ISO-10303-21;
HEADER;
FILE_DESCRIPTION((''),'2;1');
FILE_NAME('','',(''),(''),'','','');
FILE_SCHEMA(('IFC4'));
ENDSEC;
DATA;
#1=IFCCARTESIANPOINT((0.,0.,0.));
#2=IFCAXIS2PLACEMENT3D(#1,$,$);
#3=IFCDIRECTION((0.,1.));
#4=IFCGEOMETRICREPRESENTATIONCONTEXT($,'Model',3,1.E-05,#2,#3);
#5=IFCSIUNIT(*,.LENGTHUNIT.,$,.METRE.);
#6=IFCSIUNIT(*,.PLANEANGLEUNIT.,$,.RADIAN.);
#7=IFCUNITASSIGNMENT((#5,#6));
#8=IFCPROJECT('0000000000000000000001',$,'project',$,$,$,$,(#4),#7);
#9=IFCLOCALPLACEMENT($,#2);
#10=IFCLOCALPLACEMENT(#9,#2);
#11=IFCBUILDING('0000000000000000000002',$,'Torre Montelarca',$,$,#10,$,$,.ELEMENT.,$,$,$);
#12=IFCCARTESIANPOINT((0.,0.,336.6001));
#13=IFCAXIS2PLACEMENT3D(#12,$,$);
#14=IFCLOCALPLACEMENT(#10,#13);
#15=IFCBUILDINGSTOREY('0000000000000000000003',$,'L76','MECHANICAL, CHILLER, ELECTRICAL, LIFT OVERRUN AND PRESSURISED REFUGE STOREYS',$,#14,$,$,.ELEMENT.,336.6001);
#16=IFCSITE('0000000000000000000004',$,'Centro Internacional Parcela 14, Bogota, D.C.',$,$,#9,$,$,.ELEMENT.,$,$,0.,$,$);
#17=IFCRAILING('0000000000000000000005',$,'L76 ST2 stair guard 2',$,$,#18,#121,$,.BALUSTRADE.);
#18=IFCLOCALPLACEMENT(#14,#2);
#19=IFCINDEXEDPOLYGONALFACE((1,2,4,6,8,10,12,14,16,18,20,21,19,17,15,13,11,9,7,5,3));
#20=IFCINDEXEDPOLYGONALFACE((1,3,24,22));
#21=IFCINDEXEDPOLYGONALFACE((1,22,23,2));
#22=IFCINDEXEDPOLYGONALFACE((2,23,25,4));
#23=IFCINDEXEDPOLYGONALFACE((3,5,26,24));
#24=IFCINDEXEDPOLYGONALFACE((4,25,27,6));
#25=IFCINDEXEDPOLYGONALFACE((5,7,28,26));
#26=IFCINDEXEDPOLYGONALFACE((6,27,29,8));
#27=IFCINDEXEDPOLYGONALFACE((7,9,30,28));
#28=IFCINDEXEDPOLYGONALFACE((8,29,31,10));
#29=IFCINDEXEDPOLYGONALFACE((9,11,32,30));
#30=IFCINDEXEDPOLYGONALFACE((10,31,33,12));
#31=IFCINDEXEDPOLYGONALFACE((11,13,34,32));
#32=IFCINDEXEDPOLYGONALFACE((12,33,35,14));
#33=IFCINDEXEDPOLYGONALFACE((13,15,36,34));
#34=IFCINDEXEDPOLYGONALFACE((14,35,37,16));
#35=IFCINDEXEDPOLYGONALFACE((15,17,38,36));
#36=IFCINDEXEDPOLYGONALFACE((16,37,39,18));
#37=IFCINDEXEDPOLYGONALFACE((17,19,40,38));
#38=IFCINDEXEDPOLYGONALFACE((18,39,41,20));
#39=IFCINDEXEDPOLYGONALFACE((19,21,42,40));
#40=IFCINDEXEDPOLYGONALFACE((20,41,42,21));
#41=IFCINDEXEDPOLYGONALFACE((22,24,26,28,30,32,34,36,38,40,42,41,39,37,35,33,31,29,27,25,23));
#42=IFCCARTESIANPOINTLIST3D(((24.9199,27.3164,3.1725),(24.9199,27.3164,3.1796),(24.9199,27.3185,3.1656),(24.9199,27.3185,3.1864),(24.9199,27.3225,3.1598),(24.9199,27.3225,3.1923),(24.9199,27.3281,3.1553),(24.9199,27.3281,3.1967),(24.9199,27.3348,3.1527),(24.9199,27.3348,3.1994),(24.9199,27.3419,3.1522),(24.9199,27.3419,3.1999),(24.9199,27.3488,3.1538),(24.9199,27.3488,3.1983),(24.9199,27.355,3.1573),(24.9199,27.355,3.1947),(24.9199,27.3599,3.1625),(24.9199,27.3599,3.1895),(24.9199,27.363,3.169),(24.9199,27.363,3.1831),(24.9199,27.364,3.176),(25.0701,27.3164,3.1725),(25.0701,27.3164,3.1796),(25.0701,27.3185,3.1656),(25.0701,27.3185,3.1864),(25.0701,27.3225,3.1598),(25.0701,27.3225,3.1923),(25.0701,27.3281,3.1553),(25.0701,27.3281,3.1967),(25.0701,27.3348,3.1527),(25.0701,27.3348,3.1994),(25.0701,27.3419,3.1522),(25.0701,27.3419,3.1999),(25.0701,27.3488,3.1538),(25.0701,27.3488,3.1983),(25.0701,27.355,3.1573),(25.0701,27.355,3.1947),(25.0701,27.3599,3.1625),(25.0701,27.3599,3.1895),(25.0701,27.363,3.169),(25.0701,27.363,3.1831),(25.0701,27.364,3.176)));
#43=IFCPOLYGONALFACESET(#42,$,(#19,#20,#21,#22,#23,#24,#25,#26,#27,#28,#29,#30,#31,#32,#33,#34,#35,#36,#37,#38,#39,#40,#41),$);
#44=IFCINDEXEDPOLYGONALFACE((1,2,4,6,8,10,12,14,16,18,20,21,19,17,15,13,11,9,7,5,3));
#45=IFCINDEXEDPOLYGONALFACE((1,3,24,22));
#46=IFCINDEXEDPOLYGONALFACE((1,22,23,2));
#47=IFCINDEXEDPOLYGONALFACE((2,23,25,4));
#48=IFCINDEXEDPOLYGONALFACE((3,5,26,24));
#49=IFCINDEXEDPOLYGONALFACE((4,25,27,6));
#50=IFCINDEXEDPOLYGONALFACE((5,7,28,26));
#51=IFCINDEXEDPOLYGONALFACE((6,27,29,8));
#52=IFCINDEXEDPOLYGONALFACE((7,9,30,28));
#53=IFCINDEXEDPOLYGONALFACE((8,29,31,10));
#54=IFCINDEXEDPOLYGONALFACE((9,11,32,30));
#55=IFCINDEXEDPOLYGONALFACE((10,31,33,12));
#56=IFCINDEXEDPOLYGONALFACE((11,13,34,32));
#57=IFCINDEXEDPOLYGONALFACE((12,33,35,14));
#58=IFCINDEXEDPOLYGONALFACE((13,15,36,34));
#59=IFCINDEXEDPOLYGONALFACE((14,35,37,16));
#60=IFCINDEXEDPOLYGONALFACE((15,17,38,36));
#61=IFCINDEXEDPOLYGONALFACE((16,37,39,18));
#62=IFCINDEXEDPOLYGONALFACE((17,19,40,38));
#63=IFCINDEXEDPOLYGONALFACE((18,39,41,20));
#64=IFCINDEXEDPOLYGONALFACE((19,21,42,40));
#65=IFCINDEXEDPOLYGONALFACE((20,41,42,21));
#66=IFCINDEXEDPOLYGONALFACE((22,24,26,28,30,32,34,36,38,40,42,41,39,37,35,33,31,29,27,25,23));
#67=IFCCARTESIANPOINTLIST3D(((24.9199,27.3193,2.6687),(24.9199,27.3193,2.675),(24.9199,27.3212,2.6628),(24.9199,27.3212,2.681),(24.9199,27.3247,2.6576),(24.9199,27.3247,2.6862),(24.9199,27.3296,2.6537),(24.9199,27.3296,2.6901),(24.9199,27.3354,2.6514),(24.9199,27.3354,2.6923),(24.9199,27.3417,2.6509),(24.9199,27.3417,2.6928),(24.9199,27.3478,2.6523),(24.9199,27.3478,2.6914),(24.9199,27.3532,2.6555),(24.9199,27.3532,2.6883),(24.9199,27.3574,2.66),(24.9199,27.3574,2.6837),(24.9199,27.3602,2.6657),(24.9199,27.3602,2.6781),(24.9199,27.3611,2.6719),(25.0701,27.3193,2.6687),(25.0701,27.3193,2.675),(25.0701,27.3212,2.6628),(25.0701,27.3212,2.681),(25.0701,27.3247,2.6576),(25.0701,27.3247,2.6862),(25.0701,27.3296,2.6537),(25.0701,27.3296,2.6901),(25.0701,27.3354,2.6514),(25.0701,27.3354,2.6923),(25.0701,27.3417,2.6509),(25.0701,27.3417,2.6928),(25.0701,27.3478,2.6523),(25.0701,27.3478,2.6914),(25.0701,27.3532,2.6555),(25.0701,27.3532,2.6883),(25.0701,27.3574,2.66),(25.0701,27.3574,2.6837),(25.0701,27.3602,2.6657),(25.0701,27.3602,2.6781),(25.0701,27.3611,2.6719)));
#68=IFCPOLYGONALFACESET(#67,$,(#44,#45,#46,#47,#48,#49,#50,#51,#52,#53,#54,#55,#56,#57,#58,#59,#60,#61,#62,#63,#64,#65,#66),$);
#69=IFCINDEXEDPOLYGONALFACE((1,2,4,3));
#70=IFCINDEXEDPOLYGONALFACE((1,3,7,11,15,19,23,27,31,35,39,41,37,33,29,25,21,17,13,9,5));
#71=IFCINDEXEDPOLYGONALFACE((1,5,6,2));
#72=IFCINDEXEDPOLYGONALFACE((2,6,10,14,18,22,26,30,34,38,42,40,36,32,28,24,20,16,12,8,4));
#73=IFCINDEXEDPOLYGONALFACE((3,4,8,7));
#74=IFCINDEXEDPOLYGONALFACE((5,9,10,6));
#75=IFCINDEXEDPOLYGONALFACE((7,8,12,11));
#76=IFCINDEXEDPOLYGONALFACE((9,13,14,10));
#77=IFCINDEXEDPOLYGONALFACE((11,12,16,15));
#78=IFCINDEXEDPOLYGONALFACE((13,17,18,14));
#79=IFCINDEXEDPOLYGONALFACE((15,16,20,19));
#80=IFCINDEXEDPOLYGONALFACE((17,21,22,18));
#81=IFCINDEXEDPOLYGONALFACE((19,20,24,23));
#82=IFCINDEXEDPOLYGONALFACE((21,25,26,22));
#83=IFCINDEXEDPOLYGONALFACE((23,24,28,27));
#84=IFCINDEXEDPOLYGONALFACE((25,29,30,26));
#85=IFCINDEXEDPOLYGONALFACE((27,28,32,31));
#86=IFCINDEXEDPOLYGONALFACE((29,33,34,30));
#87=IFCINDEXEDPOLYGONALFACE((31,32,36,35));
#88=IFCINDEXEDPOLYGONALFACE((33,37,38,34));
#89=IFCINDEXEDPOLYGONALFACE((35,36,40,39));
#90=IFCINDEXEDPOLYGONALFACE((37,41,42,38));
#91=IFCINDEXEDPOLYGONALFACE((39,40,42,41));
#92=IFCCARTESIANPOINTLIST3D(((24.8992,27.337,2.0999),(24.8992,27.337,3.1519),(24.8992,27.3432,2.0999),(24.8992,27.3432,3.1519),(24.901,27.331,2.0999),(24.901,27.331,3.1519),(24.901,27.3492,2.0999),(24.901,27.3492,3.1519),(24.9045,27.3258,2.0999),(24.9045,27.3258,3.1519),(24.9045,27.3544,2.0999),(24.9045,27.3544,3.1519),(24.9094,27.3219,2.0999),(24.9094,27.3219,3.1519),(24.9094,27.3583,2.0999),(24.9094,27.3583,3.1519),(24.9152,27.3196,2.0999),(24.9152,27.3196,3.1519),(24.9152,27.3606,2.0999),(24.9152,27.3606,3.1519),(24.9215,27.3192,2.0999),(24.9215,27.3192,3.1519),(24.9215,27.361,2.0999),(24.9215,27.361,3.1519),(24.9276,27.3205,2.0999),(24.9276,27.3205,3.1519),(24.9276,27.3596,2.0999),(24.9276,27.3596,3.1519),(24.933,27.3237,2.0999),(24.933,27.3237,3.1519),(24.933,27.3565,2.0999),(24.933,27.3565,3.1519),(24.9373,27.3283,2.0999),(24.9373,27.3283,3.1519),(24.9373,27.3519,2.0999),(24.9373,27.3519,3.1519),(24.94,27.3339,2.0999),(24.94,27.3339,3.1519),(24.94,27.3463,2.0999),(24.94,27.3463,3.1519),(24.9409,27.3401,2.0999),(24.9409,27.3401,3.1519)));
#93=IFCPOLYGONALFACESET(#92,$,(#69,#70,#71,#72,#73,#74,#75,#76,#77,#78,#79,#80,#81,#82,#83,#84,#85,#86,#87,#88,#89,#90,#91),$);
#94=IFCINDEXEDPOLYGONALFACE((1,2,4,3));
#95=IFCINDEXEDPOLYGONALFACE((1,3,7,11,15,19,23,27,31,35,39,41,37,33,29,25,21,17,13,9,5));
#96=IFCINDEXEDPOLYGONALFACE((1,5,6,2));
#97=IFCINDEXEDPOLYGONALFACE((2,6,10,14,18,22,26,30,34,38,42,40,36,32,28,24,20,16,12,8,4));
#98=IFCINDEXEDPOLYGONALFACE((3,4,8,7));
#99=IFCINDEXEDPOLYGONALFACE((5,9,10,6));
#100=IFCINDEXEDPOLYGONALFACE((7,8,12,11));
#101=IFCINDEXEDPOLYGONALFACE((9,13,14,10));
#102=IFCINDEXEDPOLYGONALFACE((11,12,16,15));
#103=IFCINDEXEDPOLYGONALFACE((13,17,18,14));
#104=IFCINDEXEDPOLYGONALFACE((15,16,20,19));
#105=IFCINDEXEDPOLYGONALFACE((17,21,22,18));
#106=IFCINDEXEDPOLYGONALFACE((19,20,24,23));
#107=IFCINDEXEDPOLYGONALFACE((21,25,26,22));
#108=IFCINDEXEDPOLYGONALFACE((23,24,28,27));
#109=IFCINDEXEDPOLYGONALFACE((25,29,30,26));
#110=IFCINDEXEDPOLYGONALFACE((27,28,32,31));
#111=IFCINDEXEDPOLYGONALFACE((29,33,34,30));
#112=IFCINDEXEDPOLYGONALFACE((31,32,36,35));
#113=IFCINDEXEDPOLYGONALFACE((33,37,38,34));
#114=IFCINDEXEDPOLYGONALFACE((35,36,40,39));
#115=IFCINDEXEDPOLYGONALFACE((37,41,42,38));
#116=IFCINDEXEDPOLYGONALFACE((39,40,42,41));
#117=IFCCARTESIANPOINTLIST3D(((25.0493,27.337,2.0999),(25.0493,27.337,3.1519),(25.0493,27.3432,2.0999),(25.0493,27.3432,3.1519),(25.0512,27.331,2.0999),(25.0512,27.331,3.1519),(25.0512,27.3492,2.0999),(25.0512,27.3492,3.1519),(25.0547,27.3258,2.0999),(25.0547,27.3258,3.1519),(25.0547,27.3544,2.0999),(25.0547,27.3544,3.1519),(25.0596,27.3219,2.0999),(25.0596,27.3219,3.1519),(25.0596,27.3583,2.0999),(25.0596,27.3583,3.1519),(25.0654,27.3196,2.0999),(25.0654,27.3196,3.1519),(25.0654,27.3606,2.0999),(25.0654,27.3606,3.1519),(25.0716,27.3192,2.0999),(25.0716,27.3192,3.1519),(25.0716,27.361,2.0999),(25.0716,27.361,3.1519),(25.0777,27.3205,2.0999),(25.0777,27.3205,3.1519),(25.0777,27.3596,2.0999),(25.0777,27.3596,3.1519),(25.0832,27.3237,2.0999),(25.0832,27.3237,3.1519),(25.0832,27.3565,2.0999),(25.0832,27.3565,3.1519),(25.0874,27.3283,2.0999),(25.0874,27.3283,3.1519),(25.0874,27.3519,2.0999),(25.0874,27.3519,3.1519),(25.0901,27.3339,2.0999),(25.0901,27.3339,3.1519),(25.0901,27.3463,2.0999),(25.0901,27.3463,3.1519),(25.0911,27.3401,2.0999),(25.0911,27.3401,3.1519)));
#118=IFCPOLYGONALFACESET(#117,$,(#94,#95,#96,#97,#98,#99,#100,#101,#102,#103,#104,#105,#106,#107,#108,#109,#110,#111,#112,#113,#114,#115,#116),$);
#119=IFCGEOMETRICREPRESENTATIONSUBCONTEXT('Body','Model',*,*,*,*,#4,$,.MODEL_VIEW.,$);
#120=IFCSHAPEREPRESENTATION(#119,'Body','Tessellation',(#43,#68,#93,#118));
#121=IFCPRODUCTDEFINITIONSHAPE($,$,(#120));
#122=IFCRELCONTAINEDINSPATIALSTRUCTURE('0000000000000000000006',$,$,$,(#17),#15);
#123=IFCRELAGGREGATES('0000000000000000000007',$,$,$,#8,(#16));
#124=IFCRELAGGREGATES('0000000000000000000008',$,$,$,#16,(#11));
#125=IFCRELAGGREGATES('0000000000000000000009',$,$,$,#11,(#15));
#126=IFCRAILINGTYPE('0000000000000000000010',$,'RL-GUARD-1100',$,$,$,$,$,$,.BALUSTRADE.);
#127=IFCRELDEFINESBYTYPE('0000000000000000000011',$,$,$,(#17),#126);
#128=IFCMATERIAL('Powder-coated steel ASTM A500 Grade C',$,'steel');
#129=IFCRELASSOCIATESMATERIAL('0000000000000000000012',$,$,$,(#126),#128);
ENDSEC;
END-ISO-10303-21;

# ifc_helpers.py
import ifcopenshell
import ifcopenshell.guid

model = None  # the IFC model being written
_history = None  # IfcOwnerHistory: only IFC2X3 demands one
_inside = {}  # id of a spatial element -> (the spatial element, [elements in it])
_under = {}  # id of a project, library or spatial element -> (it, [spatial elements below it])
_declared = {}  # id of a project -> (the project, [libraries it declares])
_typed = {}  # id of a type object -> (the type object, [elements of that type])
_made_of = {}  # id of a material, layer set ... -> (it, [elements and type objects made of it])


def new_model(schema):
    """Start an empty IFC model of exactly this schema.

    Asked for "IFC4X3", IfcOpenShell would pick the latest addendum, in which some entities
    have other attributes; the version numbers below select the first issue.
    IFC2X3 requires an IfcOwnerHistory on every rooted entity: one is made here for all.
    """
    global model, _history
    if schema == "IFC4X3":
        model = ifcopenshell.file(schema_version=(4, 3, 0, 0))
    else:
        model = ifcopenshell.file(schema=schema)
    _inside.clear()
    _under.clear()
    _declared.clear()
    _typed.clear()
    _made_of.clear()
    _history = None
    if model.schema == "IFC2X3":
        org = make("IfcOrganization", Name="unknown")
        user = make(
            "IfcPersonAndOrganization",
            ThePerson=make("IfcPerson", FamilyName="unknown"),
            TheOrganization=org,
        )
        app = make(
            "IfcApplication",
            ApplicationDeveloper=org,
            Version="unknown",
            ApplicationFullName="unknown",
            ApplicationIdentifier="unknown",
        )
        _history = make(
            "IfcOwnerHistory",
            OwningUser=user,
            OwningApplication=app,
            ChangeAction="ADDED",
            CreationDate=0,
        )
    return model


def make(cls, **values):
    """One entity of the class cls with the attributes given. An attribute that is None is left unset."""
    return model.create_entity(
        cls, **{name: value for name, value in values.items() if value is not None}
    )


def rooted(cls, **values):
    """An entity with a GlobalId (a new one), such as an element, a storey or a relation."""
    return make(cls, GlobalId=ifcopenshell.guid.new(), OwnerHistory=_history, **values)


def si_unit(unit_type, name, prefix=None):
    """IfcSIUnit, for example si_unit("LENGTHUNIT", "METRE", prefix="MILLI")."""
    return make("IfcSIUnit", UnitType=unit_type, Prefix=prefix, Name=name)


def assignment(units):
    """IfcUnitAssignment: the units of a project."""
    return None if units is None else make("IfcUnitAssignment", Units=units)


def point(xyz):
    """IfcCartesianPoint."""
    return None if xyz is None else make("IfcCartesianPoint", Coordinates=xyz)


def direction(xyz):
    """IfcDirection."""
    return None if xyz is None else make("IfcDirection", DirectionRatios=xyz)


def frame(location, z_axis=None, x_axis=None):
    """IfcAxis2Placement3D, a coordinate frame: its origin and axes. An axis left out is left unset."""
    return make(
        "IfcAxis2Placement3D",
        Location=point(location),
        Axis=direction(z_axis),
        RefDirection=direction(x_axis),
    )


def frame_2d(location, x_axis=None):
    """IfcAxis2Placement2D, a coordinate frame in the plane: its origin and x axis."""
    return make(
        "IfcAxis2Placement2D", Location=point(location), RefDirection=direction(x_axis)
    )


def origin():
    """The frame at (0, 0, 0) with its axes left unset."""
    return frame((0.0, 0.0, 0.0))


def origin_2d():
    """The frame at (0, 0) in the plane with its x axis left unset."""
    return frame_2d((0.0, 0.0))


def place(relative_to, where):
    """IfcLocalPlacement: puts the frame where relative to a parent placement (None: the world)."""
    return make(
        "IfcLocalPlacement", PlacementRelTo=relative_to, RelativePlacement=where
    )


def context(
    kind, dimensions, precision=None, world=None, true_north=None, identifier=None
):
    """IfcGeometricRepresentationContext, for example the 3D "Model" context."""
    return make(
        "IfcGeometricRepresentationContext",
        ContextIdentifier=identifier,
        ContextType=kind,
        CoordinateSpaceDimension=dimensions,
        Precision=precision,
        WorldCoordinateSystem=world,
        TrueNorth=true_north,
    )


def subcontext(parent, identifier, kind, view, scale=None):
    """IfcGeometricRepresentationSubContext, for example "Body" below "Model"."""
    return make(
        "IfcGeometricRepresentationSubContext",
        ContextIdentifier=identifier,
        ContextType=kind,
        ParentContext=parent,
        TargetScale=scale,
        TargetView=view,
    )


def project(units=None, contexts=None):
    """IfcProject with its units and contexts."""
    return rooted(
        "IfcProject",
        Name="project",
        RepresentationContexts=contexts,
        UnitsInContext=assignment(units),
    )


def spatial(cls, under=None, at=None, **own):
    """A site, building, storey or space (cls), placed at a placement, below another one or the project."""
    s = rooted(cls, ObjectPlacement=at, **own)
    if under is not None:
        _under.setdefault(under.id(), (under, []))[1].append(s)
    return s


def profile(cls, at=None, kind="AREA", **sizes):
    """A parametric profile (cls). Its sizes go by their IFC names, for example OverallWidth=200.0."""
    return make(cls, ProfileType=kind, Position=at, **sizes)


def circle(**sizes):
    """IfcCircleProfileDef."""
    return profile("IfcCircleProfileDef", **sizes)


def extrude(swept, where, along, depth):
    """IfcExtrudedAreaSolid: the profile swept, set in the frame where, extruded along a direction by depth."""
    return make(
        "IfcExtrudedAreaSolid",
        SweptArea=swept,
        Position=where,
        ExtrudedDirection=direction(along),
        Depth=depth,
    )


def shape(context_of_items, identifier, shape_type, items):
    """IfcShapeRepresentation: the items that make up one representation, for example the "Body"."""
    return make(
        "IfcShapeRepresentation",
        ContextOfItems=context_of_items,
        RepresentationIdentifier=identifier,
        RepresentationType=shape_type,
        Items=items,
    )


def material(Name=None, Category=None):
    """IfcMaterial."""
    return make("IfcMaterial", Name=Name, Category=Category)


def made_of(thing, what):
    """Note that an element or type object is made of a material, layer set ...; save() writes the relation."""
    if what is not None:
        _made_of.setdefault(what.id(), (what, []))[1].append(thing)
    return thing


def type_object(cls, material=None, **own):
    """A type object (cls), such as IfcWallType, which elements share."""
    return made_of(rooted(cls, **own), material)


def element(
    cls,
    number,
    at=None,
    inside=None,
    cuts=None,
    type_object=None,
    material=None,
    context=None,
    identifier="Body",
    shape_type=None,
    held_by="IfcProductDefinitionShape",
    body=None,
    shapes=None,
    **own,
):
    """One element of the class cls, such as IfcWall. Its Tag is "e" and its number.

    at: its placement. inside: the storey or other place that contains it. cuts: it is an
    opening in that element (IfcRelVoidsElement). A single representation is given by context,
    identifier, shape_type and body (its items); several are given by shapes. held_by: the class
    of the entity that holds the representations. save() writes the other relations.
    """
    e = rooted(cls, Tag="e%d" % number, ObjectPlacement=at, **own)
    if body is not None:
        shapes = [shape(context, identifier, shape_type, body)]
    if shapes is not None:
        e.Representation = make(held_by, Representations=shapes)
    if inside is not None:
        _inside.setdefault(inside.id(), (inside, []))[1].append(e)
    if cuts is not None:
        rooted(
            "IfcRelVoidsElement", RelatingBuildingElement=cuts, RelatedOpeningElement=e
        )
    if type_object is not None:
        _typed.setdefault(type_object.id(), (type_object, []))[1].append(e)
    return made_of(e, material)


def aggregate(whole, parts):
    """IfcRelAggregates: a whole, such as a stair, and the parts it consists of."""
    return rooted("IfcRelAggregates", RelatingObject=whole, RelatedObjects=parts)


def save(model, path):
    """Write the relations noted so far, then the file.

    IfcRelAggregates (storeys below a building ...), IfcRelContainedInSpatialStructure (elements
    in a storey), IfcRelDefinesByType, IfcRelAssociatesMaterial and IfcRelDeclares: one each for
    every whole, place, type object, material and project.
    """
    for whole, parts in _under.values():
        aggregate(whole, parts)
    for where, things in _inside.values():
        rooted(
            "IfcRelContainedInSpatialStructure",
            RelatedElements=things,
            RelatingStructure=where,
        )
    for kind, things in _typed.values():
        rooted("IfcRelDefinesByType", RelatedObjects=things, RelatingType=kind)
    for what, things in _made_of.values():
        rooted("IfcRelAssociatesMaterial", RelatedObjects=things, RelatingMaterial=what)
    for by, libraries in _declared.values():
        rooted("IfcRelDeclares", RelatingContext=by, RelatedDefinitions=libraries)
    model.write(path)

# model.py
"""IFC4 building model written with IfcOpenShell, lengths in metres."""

from ifc_helpers import new_model, si_unit, direction, frame, origin, origin_2d, place, context, subcontext, project, spatial, circle, extrude, material, type_object, element, save


model = new_model("IFC4")

# Units and contexts
model_context = context("Model", 3, precision=1e-05, world=origin(), true_north=direction((0.0, 1.0)))
body_context = subcontext(model_context, "Body", "Model", "MODEL_VIEW")
ifc_project = project(units=[si_unit("LENGTHUNIT", "METRE"), si_unit("PLANEANGLEUNIT", "RADIAN")], contexts=[model_context])

# Site, building, storey
site_placement = place(None, origin())
site = spatial("IfcSite", under=ifc_project, at=site_placement, Name="Centro Internacional Parcela 14, Bogota, D.C.", CompositionType="ELEMENT", RefElevation=0.0)
building_placement = place(site_placement, origin())
building = spatial("IfcBuilding", under=site, at=building_placement, Name="Torre Montelarca", CompositionType="ELEMENT")
storey_placement = place(building_placement, frame((0.0, 0.0, 336.6001)))
storey = spatial("IfcBuildingStorey", under=building, at=storey_placement, Name="L76", Description="MECHANICAL, CHILLER, ELECTRICAL, LIFT OVERRUN AND PRESSURISED REFUGE STOREYS", CompositionType="ELEMENT", Elevation=336.6001)

# Railing
ifc_material_1 = material(Name="Powder-coated steel ASTM A500 Grade C", Category="steel")
railing_type_1 = type_object("IfcRailingType", Name="RL-GUARD-1100", PredefinedType="BALUSTRADE", material=ifc_material_1)
railing_1_placement = place(storey_placement, frame((24.9199, 27.3401, 2.0999)))
element("IfcRailing", 1, at=railing_1_placement, inside=storey, type_object=railing_type_1, Name="L76 ST2 stair guard 2", PredefinedType="BALUSTRADE", context=body_context, shape_type="SweptSolid", body=[
    extrude(circle(Radius=0.0239, at=origin_2d()), frame((0.0, 0.0, 1.0762), z_axis=(1.0, 0.0, 0.0), x_axis=(0.0, 1.0, 0.0)), (0.0, 0.0, 1.0), 0.1501),
    extrude(circle(Radius=0.021, at=origin_2d()), frame((0.0, 0.0, 0.572), z_axis=(1.0, 0.0, 0.0), x_axis=(0.0, 1.0, 0.0)), (0.0, 0.0, 1.0), 0.1501),
    extrude(circle(Radius=0.021, at=origin_2d()), origin(), (0.0, 0.0, 1.0), 1.052),
    extrude(circle(Radius=0.021, at=origin_2d()), frame((0.1501, 0.0, 0.0)), (0.0, 0.0, 1.0), 1.052),
])

save(model, "model.ifc")
